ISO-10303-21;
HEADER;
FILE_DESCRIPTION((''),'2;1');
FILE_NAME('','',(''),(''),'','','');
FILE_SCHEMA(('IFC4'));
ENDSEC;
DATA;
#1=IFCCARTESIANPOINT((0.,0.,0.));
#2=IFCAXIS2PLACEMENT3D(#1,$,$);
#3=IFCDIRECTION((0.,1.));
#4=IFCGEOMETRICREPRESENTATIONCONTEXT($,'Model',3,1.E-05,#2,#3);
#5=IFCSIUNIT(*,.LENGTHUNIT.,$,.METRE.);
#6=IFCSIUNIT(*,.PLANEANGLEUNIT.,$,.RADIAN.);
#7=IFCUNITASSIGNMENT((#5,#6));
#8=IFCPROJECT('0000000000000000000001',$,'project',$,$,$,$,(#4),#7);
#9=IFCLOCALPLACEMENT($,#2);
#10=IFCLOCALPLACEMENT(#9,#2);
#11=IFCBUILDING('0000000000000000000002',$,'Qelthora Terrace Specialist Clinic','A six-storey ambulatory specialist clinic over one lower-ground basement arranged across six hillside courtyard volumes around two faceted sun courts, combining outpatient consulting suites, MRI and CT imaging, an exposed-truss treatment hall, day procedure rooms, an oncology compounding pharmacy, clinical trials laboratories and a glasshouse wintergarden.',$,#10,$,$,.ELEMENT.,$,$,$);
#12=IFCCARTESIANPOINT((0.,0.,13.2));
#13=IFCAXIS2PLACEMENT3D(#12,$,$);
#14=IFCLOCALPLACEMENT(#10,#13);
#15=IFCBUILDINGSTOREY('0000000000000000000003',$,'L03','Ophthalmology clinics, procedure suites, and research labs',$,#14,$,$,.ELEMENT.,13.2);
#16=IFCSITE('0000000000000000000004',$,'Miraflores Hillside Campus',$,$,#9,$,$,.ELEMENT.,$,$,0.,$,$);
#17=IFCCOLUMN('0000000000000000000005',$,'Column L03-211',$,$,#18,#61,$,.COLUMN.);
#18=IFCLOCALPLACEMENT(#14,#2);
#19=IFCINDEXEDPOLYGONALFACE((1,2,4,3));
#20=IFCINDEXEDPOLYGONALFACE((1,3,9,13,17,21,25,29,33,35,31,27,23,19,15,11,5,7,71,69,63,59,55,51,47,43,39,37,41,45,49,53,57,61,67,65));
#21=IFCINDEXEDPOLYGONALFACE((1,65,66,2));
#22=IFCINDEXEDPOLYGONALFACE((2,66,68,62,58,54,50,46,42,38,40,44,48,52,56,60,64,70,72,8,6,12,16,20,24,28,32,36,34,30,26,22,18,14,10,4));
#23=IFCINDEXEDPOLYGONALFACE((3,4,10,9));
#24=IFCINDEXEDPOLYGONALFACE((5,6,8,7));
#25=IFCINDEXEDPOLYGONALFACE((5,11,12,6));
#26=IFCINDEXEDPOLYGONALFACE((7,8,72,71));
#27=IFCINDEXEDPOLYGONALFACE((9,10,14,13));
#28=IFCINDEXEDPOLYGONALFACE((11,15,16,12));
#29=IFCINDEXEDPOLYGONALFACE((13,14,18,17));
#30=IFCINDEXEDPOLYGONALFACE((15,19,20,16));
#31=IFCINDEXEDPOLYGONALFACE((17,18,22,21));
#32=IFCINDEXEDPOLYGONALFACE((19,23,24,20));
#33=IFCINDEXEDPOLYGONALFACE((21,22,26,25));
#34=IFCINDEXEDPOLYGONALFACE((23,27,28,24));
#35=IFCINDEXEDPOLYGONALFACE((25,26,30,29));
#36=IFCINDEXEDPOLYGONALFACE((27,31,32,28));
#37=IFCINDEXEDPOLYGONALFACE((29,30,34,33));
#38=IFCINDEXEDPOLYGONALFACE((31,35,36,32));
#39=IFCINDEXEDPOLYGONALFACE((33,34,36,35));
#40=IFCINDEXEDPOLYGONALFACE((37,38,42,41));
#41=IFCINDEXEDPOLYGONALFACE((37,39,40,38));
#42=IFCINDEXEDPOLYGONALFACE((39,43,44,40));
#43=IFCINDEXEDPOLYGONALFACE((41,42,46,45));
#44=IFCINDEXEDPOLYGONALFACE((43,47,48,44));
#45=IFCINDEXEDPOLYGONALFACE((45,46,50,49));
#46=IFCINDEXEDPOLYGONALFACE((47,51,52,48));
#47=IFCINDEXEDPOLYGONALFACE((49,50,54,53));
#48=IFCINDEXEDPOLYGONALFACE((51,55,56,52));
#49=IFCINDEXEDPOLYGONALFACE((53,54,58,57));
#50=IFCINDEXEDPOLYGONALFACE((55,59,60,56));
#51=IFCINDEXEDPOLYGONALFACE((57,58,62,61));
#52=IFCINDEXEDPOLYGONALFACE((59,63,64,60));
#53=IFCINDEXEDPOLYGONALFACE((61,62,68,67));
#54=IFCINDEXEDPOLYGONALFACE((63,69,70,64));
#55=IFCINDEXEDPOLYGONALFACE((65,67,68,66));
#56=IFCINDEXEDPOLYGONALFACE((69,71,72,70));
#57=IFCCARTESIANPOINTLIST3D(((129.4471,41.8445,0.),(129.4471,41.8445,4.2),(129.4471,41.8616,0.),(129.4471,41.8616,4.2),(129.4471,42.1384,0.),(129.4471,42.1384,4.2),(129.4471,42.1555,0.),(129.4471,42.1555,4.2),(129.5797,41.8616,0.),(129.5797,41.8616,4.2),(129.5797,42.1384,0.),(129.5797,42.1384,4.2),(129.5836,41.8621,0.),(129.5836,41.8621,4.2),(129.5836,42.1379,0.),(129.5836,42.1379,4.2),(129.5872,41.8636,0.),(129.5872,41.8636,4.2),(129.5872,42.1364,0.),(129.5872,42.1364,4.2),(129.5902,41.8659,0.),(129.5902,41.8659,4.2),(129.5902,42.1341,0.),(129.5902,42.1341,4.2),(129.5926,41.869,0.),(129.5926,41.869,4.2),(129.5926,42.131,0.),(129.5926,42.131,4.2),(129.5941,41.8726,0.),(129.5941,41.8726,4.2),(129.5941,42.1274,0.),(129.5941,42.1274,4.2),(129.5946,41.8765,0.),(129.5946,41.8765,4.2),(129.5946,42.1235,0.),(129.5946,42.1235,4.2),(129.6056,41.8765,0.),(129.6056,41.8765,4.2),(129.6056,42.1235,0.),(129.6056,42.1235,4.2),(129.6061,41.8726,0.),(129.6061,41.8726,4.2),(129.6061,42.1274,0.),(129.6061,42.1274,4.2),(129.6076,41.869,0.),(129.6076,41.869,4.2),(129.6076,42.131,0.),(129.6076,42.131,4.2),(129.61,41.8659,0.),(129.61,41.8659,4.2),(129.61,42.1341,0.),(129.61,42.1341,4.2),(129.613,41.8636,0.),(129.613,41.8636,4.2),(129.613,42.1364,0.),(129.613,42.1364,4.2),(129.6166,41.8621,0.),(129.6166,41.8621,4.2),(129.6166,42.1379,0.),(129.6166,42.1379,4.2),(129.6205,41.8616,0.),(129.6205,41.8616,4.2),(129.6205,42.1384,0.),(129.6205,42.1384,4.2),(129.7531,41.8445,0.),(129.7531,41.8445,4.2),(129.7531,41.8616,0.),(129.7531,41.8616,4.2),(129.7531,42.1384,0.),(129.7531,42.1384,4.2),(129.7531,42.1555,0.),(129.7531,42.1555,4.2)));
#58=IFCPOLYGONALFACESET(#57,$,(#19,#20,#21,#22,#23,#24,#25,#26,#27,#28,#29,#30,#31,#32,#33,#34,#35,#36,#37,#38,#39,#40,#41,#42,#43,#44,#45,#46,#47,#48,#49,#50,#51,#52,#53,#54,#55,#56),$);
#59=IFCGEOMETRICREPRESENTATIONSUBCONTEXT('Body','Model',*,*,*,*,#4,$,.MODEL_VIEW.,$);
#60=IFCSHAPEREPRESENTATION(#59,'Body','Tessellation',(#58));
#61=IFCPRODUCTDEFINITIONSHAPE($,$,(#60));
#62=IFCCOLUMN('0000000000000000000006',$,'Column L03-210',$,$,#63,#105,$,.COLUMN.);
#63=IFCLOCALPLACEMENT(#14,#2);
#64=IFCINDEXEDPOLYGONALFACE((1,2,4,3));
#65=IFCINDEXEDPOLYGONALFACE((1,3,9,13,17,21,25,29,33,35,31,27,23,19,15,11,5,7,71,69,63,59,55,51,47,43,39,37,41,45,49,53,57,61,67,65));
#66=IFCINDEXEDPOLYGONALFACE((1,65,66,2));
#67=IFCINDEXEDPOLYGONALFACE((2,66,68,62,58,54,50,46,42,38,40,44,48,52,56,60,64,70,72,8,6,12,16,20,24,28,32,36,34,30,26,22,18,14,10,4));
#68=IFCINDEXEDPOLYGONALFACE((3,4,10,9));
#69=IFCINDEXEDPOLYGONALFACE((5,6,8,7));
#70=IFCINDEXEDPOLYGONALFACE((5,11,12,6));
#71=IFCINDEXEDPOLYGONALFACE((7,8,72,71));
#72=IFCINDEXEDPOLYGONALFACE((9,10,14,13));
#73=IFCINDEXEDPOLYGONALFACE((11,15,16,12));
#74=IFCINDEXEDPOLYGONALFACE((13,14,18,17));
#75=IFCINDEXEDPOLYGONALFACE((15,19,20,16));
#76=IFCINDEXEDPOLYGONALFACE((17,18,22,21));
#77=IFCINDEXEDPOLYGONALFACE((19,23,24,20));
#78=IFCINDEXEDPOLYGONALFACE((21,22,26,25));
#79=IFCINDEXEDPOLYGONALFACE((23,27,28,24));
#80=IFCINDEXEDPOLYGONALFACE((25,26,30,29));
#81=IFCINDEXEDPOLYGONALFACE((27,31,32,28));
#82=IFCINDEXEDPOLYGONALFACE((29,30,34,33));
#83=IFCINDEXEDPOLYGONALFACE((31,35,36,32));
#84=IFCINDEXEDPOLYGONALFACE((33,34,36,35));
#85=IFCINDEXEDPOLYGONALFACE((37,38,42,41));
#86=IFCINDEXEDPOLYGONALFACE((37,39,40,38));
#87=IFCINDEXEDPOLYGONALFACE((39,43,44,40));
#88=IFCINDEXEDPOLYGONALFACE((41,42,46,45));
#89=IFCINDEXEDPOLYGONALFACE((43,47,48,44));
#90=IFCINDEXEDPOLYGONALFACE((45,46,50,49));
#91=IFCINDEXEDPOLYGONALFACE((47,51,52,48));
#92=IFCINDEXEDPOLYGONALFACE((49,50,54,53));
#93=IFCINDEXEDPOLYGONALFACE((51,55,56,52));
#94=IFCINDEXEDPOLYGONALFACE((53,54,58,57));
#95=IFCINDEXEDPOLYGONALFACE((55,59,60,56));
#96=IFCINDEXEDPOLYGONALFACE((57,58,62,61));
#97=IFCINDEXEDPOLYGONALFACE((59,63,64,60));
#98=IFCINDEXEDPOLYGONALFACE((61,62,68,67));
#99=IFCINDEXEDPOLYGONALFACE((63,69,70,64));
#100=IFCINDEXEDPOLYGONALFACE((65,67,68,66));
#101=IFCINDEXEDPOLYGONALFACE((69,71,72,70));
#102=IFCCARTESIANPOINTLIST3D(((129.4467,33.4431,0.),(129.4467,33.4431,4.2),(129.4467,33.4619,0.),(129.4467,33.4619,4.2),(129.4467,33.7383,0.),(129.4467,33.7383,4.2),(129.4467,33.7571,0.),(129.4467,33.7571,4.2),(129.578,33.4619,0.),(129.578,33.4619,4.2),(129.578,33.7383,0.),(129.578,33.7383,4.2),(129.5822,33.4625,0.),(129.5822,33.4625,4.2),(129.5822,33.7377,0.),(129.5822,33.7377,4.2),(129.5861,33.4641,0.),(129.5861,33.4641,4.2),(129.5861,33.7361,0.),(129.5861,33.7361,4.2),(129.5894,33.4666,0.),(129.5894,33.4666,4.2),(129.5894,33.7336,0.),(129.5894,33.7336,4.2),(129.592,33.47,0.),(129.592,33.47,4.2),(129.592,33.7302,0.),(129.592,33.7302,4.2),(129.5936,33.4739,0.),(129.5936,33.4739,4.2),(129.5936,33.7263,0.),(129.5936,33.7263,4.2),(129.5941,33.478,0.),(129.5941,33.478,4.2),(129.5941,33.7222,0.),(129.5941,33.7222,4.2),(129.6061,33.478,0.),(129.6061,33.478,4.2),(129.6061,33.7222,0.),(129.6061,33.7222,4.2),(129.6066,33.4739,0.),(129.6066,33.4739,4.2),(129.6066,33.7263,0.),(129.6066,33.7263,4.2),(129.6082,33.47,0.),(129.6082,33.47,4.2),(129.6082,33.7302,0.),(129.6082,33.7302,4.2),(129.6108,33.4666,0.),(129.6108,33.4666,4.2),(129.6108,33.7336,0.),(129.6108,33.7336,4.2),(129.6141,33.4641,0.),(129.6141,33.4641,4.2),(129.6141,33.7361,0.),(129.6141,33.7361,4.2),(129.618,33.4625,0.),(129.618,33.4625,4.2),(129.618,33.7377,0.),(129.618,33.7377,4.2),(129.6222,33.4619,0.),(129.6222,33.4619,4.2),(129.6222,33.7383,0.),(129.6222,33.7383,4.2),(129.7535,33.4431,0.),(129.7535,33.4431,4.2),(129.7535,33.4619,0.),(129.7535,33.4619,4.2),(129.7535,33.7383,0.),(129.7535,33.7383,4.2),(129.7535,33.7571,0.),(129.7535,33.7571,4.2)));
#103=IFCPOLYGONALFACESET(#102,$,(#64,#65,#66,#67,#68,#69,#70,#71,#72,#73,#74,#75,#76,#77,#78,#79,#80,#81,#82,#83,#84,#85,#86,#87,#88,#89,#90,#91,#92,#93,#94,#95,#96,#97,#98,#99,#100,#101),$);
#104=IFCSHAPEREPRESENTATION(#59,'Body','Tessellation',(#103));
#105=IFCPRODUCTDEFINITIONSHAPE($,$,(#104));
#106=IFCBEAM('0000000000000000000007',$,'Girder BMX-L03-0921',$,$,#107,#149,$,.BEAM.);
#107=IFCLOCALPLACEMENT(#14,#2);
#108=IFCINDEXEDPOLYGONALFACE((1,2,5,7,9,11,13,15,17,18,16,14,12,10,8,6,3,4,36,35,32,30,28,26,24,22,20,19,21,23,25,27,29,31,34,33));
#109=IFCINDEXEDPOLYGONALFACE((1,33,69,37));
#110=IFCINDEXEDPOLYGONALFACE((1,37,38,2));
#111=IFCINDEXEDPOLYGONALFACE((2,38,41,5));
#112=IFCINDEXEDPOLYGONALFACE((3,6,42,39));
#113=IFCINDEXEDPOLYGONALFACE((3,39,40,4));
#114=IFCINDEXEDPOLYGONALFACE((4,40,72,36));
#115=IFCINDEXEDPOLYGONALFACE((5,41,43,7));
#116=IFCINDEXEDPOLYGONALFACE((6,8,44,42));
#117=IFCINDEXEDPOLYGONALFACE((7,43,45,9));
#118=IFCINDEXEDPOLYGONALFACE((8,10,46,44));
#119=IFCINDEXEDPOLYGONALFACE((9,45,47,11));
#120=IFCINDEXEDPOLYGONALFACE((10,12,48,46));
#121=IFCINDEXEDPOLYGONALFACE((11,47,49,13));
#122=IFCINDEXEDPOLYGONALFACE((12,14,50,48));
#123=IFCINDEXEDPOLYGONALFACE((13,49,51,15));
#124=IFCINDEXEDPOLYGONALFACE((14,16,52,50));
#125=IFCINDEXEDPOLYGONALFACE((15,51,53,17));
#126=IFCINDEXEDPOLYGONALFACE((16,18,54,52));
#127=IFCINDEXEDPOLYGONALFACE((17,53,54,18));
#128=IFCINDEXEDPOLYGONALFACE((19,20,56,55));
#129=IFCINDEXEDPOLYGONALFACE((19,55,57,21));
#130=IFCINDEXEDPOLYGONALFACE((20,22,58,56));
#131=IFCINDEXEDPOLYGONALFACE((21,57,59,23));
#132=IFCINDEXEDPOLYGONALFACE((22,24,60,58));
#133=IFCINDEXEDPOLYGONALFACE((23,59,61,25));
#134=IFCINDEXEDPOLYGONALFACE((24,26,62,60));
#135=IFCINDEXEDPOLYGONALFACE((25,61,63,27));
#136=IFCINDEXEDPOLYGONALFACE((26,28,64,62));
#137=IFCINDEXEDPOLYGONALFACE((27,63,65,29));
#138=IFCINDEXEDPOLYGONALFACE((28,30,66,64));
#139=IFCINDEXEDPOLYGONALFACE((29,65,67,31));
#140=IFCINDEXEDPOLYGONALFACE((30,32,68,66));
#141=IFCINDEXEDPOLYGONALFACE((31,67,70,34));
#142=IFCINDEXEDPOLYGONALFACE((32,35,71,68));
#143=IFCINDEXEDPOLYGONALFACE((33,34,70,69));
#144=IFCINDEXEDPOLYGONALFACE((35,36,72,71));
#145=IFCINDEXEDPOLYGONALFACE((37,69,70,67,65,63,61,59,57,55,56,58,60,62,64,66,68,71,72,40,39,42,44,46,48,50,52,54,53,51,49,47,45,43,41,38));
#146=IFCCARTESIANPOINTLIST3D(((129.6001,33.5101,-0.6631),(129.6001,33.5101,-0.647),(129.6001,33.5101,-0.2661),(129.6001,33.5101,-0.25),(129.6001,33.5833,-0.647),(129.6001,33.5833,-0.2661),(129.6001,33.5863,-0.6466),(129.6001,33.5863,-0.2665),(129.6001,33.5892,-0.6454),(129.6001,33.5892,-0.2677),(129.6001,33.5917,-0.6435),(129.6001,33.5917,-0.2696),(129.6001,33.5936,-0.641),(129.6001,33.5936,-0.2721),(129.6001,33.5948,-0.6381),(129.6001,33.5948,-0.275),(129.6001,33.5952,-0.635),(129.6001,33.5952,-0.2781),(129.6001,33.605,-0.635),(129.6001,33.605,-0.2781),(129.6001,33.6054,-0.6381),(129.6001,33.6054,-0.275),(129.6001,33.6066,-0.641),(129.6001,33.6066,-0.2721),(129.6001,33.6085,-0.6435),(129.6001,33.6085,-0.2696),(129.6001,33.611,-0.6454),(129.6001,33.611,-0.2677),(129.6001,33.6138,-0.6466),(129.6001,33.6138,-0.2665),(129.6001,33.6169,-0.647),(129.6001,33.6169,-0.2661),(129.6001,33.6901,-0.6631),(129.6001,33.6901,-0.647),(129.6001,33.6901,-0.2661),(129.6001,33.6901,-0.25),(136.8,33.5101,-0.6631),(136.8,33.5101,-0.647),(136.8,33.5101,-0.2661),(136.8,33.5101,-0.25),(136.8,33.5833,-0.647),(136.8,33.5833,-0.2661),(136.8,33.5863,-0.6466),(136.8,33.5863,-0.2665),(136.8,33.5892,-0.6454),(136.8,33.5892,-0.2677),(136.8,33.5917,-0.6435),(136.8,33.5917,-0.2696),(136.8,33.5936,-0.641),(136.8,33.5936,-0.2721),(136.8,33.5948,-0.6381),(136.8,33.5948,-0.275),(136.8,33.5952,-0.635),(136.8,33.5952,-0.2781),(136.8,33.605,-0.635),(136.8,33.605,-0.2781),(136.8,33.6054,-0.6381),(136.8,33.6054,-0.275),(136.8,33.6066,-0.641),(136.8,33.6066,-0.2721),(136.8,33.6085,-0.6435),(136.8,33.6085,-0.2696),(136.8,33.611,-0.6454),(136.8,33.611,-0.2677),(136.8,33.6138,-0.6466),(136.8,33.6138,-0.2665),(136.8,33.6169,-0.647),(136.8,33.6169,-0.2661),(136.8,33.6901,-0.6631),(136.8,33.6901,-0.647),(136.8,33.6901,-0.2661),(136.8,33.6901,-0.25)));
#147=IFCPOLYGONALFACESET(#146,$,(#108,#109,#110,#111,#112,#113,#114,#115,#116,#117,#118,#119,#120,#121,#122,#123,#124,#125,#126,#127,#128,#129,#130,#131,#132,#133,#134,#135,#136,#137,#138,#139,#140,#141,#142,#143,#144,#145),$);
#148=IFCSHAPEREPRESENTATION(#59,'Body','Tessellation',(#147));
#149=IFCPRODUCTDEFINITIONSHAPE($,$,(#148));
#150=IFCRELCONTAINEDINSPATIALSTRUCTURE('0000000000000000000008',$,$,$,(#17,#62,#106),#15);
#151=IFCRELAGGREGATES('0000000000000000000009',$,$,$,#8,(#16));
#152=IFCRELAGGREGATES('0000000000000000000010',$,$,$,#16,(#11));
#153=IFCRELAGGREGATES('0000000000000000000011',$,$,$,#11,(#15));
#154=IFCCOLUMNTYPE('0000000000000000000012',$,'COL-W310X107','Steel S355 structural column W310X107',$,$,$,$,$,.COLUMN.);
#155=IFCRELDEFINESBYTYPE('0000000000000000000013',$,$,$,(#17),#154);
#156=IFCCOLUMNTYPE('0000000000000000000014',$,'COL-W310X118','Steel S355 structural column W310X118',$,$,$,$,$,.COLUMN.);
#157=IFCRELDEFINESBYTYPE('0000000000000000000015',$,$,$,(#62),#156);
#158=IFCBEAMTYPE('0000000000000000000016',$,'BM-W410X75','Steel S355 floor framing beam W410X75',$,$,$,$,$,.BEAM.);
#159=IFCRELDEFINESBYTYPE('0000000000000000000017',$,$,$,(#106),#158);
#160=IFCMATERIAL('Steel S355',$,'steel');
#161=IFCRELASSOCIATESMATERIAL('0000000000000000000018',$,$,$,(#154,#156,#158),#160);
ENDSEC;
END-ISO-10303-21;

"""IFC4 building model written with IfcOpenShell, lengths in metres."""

from ifc_helpers import new_model, si_unit, direction, frame, origin, origin_2d, place, context, subcontext, project, spatial, i_section, extrude, material, material_profile, profile_set, type_object, element, save


model = new_model("IFC4")

# Units and contexts
model_context = context("Model", 3, precision=1e-05, world=origin(), true_north=direction((0.0, 1.0)))
body_context = subcontext(model_context, "Body", "Model", "MODEL_VIEW")
ifc_project = project(units=[si_unit("LENGTHUNIT", "METRE"), si_unit("PLANEANGLEUNIT", "RADIAN")], contexts=[model_context])

# Site, building, storey
site_placement = place(None, origin())
site = spatial("IfcSite", under=ifc_project, at=site_placement, Name="Miraflores Hillside Campus", CompositionType="ELEMENT", RefElevation=0.0)
building_placement = place(site_placement, origin())
building = spatial("IfcBuilding", under=site, at=building_placement, Name="Qelthora Terrace Specialist Clinic", Description="A six-storey ambulatory specialist clinic over one lower-ground basement arranged across six hillside courtyard volumes around two faceted sun courts, combining outpatient consulting suites, MRI and CT imaging, an exposed-truss treatment hall, day procedure rooms, an oncology compounding pharmacy, clinical trials laboratories and a glasshouse wintergarden.", CompositionType="ELEMENT")
storey_placement = place(building_placement, frame((0.0, 0.0, 13.2)))
storey = spatial("IfcBuildingStorey", under=building, at=storey_placement, Name="L03", Description="Ophthalmology clinics, procedure suites, and research labs", CompositionType="ELEMENT", Elevation=13.2)

# Columns
ifc_material_1 = material(Name="Steel S355", Category="steel")
ifc_material_profile_1 = material_profile(ifc_material_1, i_section(OverallWidth=0.3059, OverallDepth=0.311, WebThickness=0.011, FlangeThickness=0.0171, FilletRadius=0.0149, at=origin_2d()), Name="W310X107")
ifc_profile_set_1 = profile_set([ifc_material_profile_1], Name="Steel S355")
column_type_1 = type_object("IfcColumnType", Name="COL-W310X107", Description="Steel S355 structural column W310X107", PredefinedType="COLUMN", material=ifc_profile_set_1)
column_1_placement = place(storey_placement, frame((129.6001, 42.0, 0.0), z_axis=(0.0, 0.0, 1.0), x_axis=(1.0, 0.0, 0.0)))
element("IfcColumn", 1, at=column_1_placement, inside=storey, type_object=column_type_1, Name="Column L03-211", PredefinedType="COLUMN", context=body_context, shape_type="SweptSolid", body=[
    extrude(i_section(OverallWidth=0.3059, OverallDepth=0.311, WebThickness=0.011, FlangeThickness=0.0171, FilletRadius=0.0149, at=origin_2d()), origin(), (0.0, 0.0, 1.0), 4.2),
])
ifc_material_profile_2 = material_profile(ifc_material_1, i_section(OverallWidth=0.3069, OverallDepth=0.314, WebThickness=0.012, FlangeThickness=0.0188, FilletRadius=0.0161, at=origin_2d()), Name="W310X118")
ifc_profile_set_2 = profile_set([ifc_material_profile_2], Name="Steel S355")
column_type_2 = type_object("IfcColumnType", Name="COL-W310X118", Description="Steel S355 structural column W310X118", PredefinedType="COLUMN", material=ifc_profile_set_2)
column_2_placement = place(storey_placement, frame((129.6001, 33.6001, 0.0), z_axis=(0.0, 0.0, 1.0), x_axis=(1.0, 0.0, 0.0)))
element("IfcColumn", 2, at=column_2_placement, inside=storey, type_object=column_type_2, Name="Column L03-210", PredefinedType="COLUMN", context=body_context, shape_type="SweptSolid", body=[
    extrude(i_section(OverallWidth=0.3069, OverallDepth=0.314, WebThickness=0.012, FlangeThickness=0.0188, FilletRadius=0.0161, at=origin_2d()), origin(), (0.0, 0.0, 1.0), 4.2),
])

# Beam
ifc_material_profile_3 = material_profile(ifc_material_1, i_section(OverallWidth=0.1799, OverallDepth=0.4131, WebThickness=0.0098, FlangeThickness=0.0161, FilletRadius=0.012, at=origin_2d()), Name="W410X75")
ifc_profile_set_3 = profile_set([ifc_material_profile_3], Name="Steel S355")
beam_type_1 = type_object("IfcBeamType", Name="BM-W410X75", Description="Steel S355 floor framing beam W410X75", PredefinedType="BEAM", material=ifc_profile_set_3)
beam_1_placement = place(storey_placement, frame((129.6001, 33.6001, -0.4565), z_axis=(1.0, 0.0, 0.0), x_axis=(0.0, 1.0, 0.0)))
element("IfcBeam", 3, at=beam_1_placement, inside=storey, type_object=beam_type_1, Name="Girder BMX-L03-0921", PredefinedType="BEAM", context=body_context, shape_type="SweptSolid", body=[
    extrude(i_section(OverallWidth=0.1799, OverallDepth=0.4131, WebThickness=0.0098, FlangeThickness=0.0161, FilletRadius=0.012, at=origin_2d()), origin(), (0.0, 0.0, 1.0), 7.2),
])

save(model, "model.ifc")
